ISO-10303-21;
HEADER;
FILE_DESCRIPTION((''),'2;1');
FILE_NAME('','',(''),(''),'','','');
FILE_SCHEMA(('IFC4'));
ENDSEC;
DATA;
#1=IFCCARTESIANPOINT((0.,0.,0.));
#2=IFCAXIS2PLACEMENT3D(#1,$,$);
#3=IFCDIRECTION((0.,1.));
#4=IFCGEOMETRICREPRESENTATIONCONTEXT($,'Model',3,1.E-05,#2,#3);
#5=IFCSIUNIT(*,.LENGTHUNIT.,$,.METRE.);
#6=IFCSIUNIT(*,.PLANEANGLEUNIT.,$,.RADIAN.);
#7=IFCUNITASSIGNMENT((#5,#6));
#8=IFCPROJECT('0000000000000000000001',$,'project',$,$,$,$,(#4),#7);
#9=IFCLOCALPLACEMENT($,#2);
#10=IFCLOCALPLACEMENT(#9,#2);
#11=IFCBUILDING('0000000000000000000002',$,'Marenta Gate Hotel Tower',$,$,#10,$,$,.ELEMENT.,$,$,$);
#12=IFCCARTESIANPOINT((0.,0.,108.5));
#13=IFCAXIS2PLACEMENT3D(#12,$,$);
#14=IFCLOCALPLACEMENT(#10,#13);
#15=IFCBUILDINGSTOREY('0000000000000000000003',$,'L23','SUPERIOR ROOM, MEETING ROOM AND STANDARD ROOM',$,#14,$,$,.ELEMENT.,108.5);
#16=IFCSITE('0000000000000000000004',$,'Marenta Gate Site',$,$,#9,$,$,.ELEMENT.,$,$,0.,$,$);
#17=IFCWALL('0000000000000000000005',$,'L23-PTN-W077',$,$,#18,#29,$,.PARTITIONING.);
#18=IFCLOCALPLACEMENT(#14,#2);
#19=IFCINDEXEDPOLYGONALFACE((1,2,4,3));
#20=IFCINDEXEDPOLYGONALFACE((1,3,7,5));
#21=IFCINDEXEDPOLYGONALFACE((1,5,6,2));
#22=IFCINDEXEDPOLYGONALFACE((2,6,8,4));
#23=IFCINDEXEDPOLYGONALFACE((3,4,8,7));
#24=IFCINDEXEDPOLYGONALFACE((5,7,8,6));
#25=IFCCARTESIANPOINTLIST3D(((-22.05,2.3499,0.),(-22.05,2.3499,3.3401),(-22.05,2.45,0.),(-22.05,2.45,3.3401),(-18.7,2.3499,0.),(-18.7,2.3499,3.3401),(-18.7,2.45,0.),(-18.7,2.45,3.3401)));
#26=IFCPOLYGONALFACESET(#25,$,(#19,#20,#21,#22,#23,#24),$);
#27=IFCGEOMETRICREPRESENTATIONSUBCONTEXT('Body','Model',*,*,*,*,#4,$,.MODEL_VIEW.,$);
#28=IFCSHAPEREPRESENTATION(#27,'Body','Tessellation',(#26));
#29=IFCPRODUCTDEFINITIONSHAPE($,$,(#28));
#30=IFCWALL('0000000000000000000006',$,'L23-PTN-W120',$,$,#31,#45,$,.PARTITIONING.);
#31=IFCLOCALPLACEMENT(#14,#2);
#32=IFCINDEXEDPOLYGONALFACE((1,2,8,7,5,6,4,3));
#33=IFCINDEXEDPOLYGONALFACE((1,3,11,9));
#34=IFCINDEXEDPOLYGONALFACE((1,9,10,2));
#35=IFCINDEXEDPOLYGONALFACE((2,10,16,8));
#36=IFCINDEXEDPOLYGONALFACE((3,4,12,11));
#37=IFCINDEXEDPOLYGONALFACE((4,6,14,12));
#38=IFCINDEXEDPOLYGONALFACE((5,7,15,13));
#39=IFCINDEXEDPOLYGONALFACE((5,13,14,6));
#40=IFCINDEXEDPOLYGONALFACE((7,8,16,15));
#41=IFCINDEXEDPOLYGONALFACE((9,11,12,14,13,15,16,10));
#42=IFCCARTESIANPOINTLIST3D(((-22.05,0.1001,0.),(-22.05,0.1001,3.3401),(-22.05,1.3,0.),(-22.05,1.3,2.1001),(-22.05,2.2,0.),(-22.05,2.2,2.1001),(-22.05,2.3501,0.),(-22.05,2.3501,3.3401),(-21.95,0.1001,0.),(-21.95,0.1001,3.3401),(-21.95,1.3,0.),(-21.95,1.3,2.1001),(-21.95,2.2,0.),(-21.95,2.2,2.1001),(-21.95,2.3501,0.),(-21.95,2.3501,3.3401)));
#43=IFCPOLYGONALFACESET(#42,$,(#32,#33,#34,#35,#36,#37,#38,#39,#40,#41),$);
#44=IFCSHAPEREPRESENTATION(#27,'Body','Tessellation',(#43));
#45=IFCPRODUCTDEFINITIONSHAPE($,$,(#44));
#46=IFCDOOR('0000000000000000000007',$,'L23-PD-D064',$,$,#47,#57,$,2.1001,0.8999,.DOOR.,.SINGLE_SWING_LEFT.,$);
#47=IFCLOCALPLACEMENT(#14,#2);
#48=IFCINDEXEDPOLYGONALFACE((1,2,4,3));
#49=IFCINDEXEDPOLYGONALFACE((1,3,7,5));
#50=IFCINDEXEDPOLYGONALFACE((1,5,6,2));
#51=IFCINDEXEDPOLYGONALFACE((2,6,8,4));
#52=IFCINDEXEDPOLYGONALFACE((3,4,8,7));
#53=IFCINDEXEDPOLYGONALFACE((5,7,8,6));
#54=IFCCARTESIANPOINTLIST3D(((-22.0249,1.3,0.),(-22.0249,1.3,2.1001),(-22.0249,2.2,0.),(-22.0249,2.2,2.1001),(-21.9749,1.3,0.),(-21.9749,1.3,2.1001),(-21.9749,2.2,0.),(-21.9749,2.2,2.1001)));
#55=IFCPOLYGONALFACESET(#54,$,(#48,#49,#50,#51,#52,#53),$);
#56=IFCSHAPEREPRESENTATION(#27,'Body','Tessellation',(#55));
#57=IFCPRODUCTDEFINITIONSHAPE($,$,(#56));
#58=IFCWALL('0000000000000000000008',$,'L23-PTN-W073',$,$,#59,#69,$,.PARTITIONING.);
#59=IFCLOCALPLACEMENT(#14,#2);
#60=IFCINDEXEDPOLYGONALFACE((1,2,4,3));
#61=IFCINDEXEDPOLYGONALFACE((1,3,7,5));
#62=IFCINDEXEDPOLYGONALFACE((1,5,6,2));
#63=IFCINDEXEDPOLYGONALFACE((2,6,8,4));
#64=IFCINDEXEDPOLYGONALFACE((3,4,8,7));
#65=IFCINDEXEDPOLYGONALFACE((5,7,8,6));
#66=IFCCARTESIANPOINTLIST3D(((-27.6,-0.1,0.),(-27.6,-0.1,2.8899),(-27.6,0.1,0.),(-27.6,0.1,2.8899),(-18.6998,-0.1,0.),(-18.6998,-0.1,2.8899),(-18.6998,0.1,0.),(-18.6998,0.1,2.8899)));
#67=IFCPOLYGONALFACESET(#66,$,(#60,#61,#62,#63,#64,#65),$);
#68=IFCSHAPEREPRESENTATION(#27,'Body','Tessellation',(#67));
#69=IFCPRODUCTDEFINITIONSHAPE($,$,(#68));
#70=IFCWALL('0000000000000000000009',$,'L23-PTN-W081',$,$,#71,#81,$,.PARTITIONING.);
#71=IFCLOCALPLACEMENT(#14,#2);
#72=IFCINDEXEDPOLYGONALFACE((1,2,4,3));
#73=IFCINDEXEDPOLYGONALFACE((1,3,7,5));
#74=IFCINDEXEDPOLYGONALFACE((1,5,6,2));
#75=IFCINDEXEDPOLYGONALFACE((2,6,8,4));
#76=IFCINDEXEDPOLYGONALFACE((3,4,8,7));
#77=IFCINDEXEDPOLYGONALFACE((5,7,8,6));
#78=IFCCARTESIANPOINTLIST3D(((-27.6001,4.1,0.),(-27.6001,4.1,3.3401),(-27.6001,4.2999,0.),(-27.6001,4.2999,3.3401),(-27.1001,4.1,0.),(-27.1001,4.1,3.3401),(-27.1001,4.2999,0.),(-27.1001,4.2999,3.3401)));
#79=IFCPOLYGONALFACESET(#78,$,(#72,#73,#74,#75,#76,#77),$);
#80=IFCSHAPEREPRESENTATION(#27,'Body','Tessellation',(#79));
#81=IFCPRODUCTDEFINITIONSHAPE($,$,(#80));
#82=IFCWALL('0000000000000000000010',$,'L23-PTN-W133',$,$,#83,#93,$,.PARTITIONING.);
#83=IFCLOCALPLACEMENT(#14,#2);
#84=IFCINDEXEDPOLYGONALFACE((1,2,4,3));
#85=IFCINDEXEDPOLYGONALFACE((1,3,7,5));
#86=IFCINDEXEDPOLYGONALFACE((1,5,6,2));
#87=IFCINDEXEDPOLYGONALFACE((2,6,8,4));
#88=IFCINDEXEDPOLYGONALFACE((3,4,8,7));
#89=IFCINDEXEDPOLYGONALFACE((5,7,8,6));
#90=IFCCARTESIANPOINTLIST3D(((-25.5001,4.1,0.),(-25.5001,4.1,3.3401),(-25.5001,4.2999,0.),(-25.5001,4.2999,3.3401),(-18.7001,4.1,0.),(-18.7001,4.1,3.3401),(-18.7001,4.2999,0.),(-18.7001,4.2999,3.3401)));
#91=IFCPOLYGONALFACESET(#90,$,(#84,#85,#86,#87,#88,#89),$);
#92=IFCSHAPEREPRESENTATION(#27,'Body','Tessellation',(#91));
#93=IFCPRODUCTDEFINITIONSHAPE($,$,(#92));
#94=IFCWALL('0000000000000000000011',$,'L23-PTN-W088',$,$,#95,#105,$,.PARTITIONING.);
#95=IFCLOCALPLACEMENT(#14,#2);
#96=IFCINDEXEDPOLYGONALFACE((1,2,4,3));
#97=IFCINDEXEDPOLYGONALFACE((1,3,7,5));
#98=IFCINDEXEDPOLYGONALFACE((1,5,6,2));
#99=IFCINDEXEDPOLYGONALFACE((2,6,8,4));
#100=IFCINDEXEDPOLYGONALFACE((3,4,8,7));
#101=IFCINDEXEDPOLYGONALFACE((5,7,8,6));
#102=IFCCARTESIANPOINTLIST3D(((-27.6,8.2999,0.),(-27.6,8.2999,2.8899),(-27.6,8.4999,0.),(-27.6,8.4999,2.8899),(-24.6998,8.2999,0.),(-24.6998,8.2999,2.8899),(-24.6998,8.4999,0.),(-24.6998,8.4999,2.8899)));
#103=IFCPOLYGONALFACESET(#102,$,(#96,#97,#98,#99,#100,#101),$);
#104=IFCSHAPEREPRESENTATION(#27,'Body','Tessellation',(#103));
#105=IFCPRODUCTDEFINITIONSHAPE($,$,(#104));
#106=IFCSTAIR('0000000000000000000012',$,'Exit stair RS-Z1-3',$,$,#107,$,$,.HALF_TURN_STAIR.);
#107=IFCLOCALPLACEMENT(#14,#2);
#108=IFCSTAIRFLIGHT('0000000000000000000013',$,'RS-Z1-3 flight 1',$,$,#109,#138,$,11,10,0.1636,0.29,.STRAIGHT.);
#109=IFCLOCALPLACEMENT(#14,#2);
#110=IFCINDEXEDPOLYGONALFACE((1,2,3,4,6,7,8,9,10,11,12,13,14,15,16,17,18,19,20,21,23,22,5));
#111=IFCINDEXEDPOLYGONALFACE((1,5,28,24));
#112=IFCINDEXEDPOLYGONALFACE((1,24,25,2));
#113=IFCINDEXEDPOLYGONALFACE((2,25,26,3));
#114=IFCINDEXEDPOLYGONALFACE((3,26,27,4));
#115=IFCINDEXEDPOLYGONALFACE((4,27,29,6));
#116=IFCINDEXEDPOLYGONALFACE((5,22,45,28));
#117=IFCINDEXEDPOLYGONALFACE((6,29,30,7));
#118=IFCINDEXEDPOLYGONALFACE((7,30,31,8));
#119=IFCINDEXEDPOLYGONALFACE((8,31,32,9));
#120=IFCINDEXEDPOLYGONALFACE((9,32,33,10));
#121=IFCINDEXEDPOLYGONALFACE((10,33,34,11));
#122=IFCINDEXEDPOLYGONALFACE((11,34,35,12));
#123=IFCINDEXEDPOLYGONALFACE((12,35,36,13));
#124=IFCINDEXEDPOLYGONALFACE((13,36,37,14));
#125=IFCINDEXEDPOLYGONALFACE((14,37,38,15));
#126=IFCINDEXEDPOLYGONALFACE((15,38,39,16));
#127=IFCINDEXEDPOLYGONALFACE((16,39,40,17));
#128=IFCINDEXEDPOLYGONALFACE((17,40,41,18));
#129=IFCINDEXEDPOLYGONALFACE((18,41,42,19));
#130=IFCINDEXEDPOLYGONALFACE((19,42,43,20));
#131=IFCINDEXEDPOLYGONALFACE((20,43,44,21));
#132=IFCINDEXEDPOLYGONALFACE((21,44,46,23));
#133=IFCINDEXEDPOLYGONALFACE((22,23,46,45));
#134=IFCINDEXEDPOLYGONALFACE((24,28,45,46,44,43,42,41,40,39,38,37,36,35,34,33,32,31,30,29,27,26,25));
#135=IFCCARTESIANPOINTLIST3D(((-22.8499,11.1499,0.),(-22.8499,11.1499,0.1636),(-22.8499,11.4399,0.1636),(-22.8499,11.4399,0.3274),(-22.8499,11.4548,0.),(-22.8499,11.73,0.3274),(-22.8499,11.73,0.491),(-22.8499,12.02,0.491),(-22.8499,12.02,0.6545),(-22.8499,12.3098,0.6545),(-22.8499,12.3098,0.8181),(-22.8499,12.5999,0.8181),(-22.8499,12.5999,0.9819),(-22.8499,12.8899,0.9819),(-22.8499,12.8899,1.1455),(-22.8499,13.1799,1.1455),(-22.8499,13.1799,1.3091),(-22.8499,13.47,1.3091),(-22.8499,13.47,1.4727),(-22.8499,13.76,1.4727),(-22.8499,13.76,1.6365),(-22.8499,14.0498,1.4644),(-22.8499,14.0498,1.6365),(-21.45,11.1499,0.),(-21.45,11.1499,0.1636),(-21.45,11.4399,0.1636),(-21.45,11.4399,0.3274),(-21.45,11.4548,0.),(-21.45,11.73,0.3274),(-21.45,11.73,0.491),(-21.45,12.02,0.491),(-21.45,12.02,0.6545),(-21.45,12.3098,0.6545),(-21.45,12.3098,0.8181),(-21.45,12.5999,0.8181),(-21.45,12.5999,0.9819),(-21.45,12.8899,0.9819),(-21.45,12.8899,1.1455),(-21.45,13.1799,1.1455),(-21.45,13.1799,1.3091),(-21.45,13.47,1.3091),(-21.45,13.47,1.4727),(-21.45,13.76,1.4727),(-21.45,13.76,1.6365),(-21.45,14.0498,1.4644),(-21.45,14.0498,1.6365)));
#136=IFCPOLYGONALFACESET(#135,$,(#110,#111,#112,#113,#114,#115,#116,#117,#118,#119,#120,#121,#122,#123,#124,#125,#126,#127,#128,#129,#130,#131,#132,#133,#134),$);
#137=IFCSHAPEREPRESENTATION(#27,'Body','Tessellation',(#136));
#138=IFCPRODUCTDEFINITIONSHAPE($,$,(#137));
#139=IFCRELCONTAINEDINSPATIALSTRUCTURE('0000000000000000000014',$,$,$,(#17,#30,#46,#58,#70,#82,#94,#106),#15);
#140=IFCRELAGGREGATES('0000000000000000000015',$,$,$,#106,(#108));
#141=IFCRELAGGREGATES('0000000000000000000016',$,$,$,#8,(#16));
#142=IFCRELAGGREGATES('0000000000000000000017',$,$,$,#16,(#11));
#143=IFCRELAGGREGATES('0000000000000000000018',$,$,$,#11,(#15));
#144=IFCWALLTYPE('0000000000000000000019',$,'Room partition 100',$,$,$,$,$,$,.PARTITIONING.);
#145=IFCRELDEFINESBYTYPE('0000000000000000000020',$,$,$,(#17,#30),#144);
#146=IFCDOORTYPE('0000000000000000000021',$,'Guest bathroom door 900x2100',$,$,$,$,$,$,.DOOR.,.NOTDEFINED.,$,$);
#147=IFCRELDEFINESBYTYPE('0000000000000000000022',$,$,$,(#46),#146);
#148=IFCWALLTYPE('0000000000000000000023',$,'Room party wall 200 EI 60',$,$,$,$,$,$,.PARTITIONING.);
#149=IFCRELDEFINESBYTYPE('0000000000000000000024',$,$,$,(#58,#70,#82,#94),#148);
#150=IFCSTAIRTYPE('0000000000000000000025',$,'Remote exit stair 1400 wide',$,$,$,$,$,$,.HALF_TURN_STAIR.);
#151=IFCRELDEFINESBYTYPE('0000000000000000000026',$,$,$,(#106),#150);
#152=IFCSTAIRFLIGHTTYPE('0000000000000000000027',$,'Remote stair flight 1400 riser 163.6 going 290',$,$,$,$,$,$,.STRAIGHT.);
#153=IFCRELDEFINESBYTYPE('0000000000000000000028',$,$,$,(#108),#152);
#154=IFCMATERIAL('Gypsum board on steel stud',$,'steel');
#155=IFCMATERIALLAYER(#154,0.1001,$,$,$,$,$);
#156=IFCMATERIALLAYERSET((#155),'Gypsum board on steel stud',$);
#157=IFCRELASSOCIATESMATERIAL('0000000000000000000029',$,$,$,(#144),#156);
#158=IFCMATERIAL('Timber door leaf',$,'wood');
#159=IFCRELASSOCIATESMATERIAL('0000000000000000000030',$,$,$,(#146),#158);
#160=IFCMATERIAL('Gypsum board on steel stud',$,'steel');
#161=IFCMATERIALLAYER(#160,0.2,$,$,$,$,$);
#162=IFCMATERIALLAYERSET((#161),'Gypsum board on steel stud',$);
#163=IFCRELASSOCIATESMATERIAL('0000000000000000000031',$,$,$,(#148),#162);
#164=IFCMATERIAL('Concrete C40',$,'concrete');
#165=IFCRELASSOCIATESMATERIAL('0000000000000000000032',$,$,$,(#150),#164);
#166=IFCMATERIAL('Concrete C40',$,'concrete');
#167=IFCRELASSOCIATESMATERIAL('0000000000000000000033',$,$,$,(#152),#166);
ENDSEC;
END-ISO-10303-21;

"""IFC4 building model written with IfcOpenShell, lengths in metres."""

from ifc_helpers import new_model, si_unit, direction, frame, frame_2d, origin, place, context, subcontext, project, spatial, polyline, rectangle, outline, extrude, material, layer, layer_set, type_object, element, fill, aggregate, save


model = new_model("IFC4")

# Units and contexts
model_context = context("Model", 3, precision=1e-05, world=origin(), true_north=direction((0.0, 1.0)))
body_context = subcontext(model_context, "Body", "Model", "MODEL_VIEW")
ifc_project = project(units=[si_unit("LENGTHUNIT", "METRE"), si_unit("PLANEANGLEUNIT", "RADIAN")], contexts=[model_context])

# Site, building, storey
site_placement = place(None, origin())
site = spatial("IfcSite", under=ifc_project, at=site_placement, Name="Marenta Gate Site", CompositionType="ELEMENT", RefElevation=0.0)
building_placement = place(site_placement, origin())
building = spatial("IfcBuilding", under=site, at=building_placement, Name="Marenta Gate Hotel Tower", CompositionType="ELEMENT")
storey_placement = place(building_placement, frame((0.0, 0.0, 108.5)))
storey = spatial("IfcBuildingStorey", under=building, at=storey_placement, Name="L23", Description="SUPERIOR ROOM, MEETING ROOM AND STANDARD ROOM", CompositionType="ELEMENT", Elevation=108.5)

# Wall
ifc_material_1 = material(Name="Gypsum board on steel stud", Category="steel")
ifc_layer_1 = layer(ifc_material_1, 0.1001)
ifc_layer_set_1 = layer_set([ifc_layer_1], Name="Gypsum board on steel stud")
wall_type_1 = type_object("IfcWallType", Name="Room partition 100", PredefinedType="PARTITIONING", material=ifc_layer_set_1)
wall_1_placement = place(storey_placement, frame((-22.05, 2.3999, 0.0), z_axis=(0.0, 0.0, 1.0), x_axis=(1.0, 0.0, 0.0)))
element("IfcWall", 1, at=wall_1_placement, inside=storey, type_object=wall_type_1, Name="L23-PTN-W077", PredefinedType="PARTITIONING", context=body_context, shape_type="SweptSolid", body=[
    extrude(rectangle(XDim=3.3501, YDim=0.1001, at=frame_2d((1.675, 0.0))), origin(), (0.0, 0.0, 1.0), 3.3401),
])

# Wall, opening, door
wall_2_placement = place(storey_placement, frame((-22.0, 0.1001, 0.0), z_axis=(0.0, 0.0, 1.0), x_axis=(0.0, 1.0, 0.0)))
wall_2 = element("IfcWall", 2, at=wall_2_placement, inside=storey, type_object=wall_type_1, Name="L23-PTN-W120", PredefinedType="PARTITIONING", context=body_context, shape_type="SweptSolid", body=[
    extrude(rectangle(XDim=2.25, YDim=0.1001, at=frame_2d((1.125, 0.0))), origin(), (0.0, 0.0, 1.0), 3.3401),
])
opening_1_placement = place(wall_2_placement, frame((1.2, 0.0, 0.0)))
opening_1 = element("IfcOpeningElement", 3, at=opening_1_placement, cuts=wall_2, PredefinedType="OPENING", context=body_context, shape_type="SweptSolid", body=[
    extrude(rectangle(XDim=0.8999, YDim=2.1001, at=frame_2d((0.45, 1.05))), frame((0.0, 0.05, 0.0), z_axis=(0.0, -1.0, 0.0), x_axis=(1.0, 0.0, 0.0)), (0.0, 0.0, 1.0), 0.1001),
])
ifc_material_2 = material(Name="Timber door leaf", Category="wood")
door_type_1 = type_object("IfcDoorType", Name="Guest bathroom door 900x2100", OperationType="NOTDEFINED", PredefinedType="DOOR", material=ifc_material_2)
door_1_placement = place(opening_1_placement, origin())
door_1 = element("IfcDoor", 4, at=door_1_placement, inside=storey, type_object=door_type_1, Name="L23-PD-D064", OperationType="SINGLE_SWING_LEFT", OverallHeight=2.1001, OverallWidth=0.8999, PredefinedType="DOOR", context=body_context, shape_type="SweptSolid", body=[
    extrude(rectangle(XDim=0.8999, YDim=2.1001, at=frame_2d((0.45, 1.05))), frame((0.0, 0.0249, 0.0), z_axis=(0.0, -1.0, 0.0), x_axis=(1.0, 0.0, 0.0)), (0.0, 0.0, 1.0), 0.05),
])
fill(opening_1, door_1)

# Walls
ifc_material_3 = material(Name="Gypsum board on steel stud", Category="steel")
ifc_layer_2 = layer(ifc_material_3, 0.2)
ifc_layer_set_2 = layer_set([ifc_layer_2], Name="Gypsum board on steel stud")
wall_type_2 = type_object("IfcWallType", Name="Room party wall 200 EI 60", PredefinedType="PARTITIONING", material=ifc_layer_set_2)
wall_3_placement = place(storey_placement, frame((-27.6001, 0.0, 0.0), z_axis=(0.0, 0.0, 1.0), x_axis=(1.0, 0.0, 0.0)))
element("IfcWall", 5, at=wall_3_placement, inside=storey, type_object=wall_type_2, Name="L23-PTN-W073", PredefinedType="PARTITIONING", context=body_context, shape_type="SweptSolid", body=[
    extrude(rectangle(XDim=8.9001, YDim=0.2, at=frame_2d((4.4502, 0.0))), origin(), (0.0, 0.0, 1.0), 2.8899),
])
wall_4_placement = place(storey_placement, frame((-27.6001, 4.2, 0.0), z_axis=(0.0, 0.0, 1.0), x_axis=(1.0, 0.0, 0.0)))
element("IfcWall", 6, at=wall_4_placement, inside=storey, type_object=wall_type_2, Name="L23-PTN-W081", PredefinedType="PARTITIONING", context=body_context, shape_type="SweptSolid", body=[
    extrude(rectangle(XDim=0.5, YDim=0.2, at=frame_2d((0.25, 0.0))), origin(), (0.0, 0.0, 1.0), 3.3401),
])
wall_5_placement = place(storey_placement, frame((-25.5, 4.2, 0.0), z_axis=(0.0, 0.0, 1.0), x_axis=(1.0, 0.0, 0.0)))
element("IfcWall", 7, at=wall_5_placement, inside=storey, type_object=wall_type_2, Name="L23-PTN-W133", PredefinedType="PARTITIONING", context=body_context, shape_type="SweptSolid", body=[
    extrude(rectangle(XDim=6.8, YDim=0.2, at=frame_2d((3.3999, 0.0))), origin(), (0.0, 0.0, 1.0), 3.3401),
])
wall_6_placement = place(storey_placement, frame((-27.6001, 8.3999, 0.0), z_axis=(0.0, 0.0, 1.0), x_axis=(1.0, 0.0, 0.0)))
element("IfcWall", 8, at=wall_6_placement, inside=storey, type_object=wall_type_2, Name="L23-PTN-W088", PredefinedType="PARTITIONING", context=body_context, shape_type="SweptSolid", body=[
    extrude(rectangle(XDim=2.9001, YDim=0.2, at=frame_2d((1.4502, 0.0))), origin(), (0.0, 0.0, 1.0), 2.8899),
])

# Stair, stair flight
ifc_material_4 = material(Name="Concrete C40", Category="concrete")
stair_type = type_object("IfcStairType", Name="Remote exit stair 1400 wide", PredefinedType="HALF_TURN_STAIR", material=ifc_material_4)
stair_placement = place(storey_placement, origin())
stair = element("IfcStair", 9, at=stair_placement, inside=storey, type_object=stair_type, Name="Exit stair RS-Z1-3", PredefinedType="HALF_TURN_STAIR")
ifc_material_5 = material(Name="Concrete C40", Category="concrete")
stair_flight_type = type_object("IfcStairFlightType", Name="Remote stair flight 1400 riser 163.6 going 290", PredefinedType="STRAIGHT", material=ifc_material_5)
stair_flight_placement = place(storey_placement, frame((-22.1499, 11.1499, 0.0), z_axis=(0.0, 0.0, 1.0), x_axis=(0.0, 1.0, 0.0)))
stair_flight = element("IfcStairFlight", 10, at=stair_flight_placement, type_object=stair_flight_type, Name="RS-Z1-3 flight 1", NumberOfRisers=11, NumberOfTreads=10, PredefinedType="STRAIGHT", RiserHeight=0.1636, TreadLength=0.29, context=body_context, shape_type="SweptSolid", body=[
    extrude(outline(polyline([(0.0, 0.0), (0.0, 0.1636), (0.29, 0.1636), (0.29, 0.3274), (0.5801, 0.3274), (0.5801, 0.491), (0.8701, 0.491), (0.8701, 0.6545), (1.1599, 0.6545), (1.1599, 0.8181), (1.45, 0.8181), (1.45, 0.9819), (1.74, 0.9819), (1.74, 1.1455), (2.03, 1.1455), (2.03, 1.3091), (2.3201, 1.3091), (2.3201, 1.4727), (2.6101, 1.4727), (2.6101, 1.6365), (2.8999, 1.6365), (2.8999, 1.8), (2.8999, 1.4644), (0.3049, 0.0), (0.0, 0.0)])), frame((0.0, 0.7, 0.0), z_axis=(0.0, -1.0, 0.0), x_axis=(1.0, 0.0, 0.0)), (0.0, 0.0, 1.0), 1.3999),
])
aggregate(stair, [stair_flight])

save(model, "model.ifc")
